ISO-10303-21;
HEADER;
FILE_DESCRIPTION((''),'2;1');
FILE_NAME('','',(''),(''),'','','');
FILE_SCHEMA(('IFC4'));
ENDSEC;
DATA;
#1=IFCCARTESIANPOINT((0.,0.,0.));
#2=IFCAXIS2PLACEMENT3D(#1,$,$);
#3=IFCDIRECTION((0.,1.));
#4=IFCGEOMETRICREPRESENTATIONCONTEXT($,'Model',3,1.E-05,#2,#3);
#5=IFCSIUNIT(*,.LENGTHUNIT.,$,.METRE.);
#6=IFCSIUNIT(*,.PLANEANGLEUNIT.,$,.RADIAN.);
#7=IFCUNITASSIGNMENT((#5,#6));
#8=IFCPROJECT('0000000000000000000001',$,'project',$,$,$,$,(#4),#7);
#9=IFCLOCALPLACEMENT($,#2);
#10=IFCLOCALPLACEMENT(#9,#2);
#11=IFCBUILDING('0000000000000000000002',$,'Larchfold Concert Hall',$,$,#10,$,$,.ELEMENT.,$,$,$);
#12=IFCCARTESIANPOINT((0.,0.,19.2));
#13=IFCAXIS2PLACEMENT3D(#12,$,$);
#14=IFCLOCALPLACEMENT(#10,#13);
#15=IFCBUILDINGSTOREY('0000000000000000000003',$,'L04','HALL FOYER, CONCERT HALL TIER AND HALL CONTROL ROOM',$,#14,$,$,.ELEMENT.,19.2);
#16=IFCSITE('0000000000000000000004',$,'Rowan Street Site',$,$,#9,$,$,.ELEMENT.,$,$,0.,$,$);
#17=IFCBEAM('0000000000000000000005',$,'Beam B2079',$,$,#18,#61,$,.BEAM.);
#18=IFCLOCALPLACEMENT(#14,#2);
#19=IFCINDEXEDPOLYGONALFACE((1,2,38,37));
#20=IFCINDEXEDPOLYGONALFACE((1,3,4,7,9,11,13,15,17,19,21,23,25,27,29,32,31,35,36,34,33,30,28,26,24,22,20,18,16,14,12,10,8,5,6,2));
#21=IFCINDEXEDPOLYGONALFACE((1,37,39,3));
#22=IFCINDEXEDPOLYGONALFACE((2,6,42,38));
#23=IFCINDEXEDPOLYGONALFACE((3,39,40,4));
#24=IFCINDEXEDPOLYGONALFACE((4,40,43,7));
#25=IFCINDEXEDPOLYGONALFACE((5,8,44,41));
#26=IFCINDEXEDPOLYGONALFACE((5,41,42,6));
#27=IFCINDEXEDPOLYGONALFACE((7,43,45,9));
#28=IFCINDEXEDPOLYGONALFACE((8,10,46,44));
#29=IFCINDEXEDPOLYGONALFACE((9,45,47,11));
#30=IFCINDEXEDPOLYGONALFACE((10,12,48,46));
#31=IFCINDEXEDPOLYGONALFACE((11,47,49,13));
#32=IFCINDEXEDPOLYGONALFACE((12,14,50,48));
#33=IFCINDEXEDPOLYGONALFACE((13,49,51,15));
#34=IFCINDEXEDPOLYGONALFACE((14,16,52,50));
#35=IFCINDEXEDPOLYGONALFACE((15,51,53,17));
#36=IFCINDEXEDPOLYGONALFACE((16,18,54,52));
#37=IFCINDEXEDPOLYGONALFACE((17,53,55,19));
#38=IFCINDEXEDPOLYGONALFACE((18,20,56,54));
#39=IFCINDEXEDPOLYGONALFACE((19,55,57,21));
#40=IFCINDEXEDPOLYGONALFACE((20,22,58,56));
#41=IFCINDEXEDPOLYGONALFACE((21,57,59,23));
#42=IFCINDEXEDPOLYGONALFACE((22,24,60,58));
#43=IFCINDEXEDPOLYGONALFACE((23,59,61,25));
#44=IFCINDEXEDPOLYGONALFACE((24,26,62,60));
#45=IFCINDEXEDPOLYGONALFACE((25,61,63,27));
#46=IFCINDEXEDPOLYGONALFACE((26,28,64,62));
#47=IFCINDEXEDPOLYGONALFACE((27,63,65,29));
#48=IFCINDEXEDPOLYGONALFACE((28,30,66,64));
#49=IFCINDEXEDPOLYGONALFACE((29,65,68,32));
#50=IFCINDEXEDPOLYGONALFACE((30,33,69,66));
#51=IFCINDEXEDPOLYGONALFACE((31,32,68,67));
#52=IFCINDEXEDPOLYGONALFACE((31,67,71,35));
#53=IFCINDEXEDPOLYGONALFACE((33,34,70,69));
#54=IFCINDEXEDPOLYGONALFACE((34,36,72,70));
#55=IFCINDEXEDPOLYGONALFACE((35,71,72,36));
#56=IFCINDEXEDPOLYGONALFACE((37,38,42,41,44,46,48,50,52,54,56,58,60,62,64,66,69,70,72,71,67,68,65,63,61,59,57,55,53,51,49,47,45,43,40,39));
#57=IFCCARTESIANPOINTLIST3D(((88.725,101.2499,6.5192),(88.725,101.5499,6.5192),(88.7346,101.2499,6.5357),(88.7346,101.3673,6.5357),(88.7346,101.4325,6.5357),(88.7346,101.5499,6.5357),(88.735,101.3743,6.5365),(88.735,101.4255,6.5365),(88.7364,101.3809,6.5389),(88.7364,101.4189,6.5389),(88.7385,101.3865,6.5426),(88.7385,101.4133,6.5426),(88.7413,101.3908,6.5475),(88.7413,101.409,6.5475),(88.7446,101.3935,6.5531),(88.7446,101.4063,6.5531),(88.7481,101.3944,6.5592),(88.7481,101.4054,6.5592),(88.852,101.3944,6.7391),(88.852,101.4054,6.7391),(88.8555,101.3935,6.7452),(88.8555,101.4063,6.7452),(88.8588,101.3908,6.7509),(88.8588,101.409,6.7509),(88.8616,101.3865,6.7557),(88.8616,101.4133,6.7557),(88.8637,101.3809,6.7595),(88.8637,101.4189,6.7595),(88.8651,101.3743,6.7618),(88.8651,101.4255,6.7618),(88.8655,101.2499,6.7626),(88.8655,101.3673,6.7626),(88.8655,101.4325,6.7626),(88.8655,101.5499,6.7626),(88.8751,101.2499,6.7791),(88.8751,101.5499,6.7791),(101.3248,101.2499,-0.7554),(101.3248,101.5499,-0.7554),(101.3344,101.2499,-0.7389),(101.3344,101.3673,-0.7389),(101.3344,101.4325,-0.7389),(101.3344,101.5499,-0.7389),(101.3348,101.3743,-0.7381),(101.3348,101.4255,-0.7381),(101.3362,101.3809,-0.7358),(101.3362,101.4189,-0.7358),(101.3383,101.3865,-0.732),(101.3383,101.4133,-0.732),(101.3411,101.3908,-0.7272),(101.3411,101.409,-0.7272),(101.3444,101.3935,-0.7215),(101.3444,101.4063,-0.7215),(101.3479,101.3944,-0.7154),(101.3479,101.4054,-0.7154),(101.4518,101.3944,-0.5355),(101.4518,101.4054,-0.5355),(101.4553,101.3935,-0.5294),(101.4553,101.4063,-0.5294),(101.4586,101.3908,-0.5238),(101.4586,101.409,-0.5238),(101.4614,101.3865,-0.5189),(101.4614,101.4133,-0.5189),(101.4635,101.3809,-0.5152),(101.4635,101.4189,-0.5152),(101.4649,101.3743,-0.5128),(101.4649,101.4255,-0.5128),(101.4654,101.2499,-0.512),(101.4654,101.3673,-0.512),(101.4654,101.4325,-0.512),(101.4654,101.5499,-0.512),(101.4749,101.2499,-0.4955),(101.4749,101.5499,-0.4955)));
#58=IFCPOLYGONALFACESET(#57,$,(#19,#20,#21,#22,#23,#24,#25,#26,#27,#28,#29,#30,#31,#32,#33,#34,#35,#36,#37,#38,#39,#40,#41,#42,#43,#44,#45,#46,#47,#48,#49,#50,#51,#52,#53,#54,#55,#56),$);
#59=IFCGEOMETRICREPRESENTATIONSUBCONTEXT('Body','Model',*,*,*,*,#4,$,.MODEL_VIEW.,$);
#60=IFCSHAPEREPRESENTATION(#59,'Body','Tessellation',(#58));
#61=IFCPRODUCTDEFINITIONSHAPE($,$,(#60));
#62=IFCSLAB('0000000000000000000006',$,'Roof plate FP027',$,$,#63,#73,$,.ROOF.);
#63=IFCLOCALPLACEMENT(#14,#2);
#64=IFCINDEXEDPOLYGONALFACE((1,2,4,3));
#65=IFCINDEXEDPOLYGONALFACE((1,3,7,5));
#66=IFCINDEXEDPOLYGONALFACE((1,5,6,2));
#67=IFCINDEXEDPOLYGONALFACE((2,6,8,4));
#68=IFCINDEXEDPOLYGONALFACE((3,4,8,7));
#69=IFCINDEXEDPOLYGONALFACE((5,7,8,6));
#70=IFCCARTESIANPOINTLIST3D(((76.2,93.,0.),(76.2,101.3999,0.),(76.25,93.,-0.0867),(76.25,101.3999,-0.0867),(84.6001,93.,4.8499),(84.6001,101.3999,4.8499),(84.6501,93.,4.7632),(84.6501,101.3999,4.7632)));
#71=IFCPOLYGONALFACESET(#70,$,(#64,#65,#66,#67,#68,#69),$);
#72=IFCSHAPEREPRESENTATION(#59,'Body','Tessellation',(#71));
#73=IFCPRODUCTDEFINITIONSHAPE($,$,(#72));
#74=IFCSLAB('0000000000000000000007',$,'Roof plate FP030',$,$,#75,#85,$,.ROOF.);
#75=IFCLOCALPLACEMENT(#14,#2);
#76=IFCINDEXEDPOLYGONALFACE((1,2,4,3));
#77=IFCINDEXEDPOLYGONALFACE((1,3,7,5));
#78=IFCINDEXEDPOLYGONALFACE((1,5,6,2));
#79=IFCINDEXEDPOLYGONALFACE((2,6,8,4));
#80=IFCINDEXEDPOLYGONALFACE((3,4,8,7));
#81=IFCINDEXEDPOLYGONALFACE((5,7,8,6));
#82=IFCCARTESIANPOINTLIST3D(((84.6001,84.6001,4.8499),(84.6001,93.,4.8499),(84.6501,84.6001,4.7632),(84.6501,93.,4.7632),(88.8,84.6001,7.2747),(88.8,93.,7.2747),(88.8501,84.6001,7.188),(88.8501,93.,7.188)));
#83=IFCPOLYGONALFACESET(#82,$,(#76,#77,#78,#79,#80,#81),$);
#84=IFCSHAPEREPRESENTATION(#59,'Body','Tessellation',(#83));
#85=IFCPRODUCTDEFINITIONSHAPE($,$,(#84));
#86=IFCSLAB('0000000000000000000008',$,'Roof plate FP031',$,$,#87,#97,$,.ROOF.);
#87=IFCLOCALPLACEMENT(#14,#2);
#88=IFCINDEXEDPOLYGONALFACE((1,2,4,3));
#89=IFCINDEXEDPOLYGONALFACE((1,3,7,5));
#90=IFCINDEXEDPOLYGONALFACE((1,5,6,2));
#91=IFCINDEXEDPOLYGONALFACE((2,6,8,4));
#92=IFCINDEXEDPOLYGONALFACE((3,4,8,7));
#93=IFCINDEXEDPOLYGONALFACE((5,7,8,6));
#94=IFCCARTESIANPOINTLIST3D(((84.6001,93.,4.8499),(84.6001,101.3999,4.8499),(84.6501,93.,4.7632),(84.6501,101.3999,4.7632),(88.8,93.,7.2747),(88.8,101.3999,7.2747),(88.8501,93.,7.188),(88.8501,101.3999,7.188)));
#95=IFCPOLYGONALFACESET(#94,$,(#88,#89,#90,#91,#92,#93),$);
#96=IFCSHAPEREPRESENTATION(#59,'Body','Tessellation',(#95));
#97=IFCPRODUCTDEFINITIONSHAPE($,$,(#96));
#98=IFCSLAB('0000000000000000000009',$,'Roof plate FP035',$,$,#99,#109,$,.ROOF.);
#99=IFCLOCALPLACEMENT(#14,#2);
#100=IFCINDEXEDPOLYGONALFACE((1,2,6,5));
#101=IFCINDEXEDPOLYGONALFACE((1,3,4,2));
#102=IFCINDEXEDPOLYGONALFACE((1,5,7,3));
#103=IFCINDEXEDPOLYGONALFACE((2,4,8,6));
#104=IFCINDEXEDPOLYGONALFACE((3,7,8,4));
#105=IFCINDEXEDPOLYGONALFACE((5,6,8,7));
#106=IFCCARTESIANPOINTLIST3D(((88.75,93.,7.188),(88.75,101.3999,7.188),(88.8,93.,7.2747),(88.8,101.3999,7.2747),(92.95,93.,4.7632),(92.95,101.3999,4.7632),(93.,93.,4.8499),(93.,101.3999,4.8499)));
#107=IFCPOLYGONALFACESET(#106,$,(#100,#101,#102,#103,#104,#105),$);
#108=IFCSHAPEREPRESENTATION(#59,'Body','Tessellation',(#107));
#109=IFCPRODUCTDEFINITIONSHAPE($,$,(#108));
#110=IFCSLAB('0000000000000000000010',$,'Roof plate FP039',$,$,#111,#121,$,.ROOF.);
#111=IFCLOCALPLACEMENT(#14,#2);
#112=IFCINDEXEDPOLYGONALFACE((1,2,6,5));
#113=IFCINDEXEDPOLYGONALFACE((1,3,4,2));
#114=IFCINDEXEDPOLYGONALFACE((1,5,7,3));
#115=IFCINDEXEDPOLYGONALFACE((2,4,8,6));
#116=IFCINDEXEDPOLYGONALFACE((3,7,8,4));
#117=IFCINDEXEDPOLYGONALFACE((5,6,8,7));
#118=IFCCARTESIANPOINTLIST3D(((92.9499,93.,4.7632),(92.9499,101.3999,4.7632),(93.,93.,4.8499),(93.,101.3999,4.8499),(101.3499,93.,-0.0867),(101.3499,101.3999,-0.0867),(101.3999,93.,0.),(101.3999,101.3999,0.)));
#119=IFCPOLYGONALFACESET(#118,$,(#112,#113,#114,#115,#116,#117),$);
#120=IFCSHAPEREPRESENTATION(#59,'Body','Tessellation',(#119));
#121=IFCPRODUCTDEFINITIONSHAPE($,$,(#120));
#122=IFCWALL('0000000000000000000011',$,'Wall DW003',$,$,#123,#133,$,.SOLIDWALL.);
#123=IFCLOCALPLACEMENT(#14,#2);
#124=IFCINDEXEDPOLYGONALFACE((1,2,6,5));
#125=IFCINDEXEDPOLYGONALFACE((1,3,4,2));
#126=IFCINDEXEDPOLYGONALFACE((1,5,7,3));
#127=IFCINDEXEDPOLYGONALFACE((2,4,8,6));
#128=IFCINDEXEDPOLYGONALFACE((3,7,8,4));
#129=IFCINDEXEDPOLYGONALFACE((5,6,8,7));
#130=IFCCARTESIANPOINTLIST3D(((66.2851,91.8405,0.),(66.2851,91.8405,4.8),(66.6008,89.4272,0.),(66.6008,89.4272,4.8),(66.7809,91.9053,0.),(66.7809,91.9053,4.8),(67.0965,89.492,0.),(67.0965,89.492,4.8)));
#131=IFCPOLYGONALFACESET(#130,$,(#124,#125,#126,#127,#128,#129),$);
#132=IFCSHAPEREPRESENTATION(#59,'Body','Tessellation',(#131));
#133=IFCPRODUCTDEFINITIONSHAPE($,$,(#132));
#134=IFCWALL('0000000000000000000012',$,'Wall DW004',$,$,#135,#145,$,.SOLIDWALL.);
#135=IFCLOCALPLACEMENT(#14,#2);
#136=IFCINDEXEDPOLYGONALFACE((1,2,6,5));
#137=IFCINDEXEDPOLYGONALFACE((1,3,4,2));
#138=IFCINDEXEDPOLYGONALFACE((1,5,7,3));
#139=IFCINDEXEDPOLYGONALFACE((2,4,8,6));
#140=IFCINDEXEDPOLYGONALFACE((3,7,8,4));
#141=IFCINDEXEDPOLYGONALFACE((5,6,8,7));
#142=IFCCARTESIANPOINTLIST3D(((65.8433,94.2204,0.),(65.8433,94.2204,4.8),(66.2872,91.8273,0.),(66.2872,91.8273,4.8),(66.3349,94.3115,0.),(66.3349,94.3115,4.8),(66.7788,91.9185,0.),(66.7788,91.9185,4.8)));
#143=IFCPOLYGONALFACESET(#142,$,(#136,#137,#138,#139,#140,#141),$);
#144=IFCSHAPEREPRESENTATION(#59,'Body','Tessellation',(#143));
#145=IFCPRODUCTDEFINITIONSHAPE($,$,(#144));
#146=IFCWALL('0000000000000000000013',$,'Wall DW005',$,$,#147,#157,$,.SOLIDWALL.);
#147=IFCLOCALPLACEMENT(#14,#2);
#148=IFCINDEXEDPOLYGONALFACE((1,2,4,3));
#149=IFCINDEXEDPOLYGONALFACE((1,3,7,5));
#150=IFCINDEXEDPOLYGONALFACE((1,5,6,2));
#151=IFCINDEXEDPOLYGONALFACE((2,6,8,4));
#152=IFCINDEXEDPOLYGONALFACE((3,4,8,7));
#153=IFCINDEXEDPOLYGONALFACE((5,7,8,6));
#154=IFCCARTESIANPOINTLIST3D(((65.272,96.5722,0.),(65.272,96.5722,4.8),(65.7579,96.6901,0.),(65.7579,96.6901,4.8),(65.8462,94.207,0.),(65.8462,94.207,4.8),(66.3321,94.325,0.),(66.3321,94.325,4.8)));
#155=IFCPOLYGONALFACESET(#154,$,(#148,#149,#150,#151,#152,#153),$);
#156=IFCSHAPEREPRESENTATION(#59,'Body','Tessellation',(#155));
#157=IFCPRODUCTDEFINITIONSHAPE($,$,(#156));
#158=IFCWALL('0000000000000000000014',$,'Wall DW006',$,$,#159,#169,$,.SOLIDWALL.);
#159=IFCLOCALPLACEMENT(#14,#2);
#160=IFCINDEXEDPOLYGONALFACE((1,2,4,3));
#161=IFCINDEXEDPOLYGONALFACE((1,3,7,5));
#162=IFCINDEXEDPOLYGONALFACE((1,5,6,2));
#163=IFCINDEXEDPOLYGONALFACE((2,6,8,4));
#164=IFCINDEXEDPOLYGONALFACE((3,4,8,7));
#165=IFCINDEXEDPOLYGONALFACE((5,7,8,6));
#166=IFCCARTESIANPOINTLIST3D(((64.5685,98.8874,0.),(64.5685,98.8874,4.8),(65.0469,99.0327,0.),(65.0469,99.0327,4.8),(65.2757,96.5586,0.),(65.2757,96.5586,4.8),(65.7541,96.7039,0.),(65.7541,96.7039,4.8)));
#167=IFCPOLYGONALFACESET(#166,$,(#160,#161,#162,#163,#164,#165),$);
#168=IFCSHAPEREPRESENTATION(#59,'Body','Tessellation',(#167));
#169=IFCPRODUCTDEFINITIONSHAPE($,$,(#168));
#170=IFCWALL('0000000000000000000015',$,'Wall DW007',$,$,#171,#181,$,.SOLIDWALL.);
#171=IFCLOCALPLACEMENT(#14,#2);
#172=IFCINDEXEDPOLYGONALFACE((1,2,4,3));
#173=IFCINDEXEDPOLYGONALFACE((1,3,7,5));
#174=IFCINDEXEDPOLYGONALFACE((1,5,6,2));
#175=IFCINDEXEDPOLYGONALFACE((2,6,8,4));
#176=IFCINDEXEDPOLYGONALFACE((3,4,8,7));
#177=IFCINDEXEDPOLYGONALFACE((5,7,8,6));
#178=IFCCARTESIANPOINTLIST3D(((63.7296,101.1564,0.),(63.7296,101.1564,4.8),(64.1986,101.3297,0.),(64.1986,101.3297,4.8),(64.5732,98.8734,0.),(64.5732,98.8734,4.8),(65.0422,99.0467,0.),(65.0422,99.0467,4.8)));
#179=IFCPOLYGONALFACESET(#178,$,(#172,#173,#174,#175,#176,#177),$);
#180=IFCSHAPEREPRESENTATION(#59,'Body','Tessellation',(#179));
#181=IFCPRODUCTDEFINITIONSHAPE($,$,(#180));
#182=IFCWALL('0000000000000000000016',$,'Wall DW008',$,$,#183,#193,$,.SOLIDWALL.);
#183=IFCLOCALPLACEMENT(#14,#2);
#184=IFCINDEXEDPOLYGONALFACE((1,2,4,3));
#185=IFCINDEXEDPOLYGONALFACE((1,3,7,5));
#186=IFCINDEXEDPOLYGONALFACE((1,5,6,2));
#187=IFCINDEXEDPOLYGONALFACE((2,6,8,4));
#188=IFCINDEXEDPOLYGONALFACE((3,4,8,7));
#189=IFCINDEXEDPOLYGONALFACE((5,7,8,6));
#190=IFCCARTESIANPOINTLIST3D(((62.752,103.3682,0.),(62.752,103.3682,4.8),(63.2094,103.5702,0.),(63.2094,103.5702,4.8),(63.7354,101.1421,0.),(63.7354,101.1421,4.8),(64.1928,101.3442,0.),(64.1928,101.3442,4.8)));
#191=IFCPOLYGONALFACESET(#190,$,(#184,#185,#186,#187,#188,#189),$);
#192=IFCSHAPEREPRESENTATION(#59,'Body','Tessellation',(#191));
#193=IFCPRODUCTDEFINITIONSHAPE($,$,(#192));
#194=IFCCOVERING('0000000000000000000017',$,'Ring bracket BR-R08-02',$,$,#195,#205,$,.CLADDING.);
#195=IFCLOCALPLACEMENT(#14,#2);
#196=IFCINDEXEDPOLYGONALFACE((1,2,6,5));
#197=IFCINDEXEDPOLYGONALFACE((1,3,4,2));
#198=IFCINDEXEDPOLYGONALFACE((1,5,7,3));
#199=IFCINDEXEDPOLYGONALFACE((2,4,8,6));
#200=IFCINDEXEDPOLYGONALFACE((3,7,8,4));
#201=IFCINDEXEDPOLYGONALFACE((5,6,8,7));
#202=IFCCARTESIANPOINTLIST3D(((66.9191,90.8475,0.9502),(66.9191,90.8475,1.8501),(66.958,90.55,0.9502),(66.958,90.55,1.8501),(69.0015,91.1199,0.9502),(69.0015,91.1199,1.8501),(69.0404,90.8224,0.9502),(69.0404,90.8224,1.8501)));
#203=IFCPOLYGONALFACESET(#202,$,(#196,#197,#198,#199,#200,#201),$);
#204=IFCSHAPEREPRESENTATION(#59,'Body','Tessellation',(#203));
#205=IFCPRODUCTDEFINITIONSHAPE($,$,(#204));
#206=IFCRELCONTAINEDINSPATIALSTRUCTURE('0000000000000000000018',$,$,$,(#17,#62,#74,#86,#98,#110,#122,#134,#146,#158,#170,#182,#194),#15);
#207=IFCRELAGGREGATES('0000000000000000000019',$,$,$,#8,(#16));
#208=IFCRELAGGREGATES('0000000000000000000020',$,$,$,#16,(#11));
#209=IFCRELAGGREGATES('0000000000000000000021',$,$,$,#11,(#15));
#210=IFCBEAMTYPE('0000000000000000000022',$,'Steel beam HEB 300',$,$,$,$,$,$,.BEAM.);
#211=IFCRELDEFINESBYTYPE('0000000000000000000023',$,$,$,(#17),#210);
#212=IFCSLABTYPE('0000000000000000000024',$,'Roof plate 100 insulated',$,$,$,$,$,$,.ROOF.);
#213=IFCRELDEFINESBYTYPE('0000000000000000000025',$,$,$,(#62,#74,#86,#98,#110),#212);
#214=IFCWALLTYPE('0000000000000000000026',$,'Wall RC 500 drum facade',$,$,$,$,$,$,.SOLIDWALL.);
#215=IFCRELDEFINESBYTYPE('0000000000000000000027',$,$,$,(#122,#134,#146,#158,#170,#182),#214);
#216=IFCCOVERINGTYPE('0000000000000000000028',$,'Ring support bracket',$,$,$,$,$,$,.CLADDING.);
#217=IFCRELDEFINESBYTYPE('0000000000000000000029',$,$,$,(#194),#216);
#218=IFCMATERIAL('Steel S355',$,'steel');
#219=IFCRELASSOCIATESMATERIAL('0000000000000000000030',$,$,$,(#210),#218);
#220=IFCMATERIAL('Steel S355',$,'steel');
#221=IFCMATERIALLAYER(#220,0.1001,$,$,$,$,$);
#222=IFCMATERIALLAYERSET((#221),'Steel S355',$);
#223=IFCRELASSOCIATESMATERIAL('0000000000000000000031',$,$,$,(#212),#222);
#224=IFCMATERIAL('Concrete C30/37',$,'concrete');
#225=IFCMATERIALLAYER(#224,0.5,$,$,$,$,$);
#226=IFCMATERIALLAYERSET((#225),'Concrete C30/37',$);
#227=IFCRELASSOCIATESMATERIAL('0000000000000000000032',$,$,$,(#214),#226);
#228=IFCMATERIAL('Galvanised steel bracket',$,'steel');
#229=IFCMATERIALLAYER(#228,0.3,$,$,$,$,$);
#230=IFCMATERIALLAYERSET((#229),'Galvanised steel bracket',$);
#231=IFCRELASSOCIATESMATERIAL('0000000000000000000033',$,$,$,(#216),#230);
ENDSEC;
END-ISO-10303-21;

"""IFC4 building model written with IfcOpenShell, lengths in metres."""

from ifc_helpers import new_model, si_unit, direction, frame, frame_2d, origin, origin_2d, place, context, subcontext, project, spatial, polyline, rectangle, i_section, outline, extrude, material, layer, layer_set, material_profile, profile_set, type_object, element, save


model = new_model("IFC4")

# Units and contexts
model_context = context("Model", 3, precision=1e-05, world=origin(), true_north=direction((0.0, 1.0)))
body_context = subcontext(model_context, "Body", "Model", "MODEL_VIEW")
ifc_project = project(units=[si_unit("LENGTHUNIT", "METRE"), si_unit("PLANEANGLEUNIT", "RADIAN")], contexts=[model_context])

# Site, building, storey
site_placement = place(None, origin())
site = spatial("IfcSite", under=ifc_project, at=site_placement, Name="Rowan Street Site", CompositionType="ELEMENT", RefElevation=0.0)
building_placement = place(site_placement, origin())
building = spatial("IfcBuilding", under=site, at=building_placement, Name="Larchfold Concert Hall", CompositionType="ELEMENT")
storey_placement = place(building_placement, frame((0.0, 0.0, 19.2)))
storey = spatial("IfcBuildingStorey", under=building, at=storey_placement, Name="L04", Description="HALL FOYER, CONCERT HALL TIER AND HALL CONTROL ROOM", CompositionType="ELEMENT", Elevation=19.2)

# Beam
ifc_material_1 = material(Name="Steel S355", Category="steel")
ifc_material_profile_1 = material_profile(ifc_material_1, i_section(OverallWidth=0.3, OverallDepth=0.3, WebThickness=0.011, FlangeThickness=0.019, FilletRadius=0.0271, at=origin_2d()))
ifc_profile_set_1 = profile_set([ifc_material_profile_1], Name="Steel S355")
beam_type = type_object("IfcBeamType", Name="Steel beam HEB 300", PredefinedType="BEAM", material=ifc_profile_set_1)
beam_1_placement = place(storey_placement, frame((88.8, 101.3999, 6.6492), z_axis=(0.866022, 0.0, -0.500007), x_axis=(0.0, 1.0, 0.0)))
element("IfcBeam", 1, at=beam_1_placement, inside=storey, type_object=beam_type, Name="Beam B2079", PredefinedType="BEAM", context=body_context, shape_type="SweptSolid", body=[
    extrude(i_section(OverallWidth=0.3, OverallDepth=0.3, WebThickness=0.011, FlangeThickness=0.019, FilletRadius=0.0271, at=origin_2d()), origin(), (0.0, 0.0, 1.0), 14.5491),
])

# Slabs
ifc_material_2 = material(Name="Steel S355", Category="steel")
ifc_layer_1 = layer(ifc_material_2, 0.1001)
ifc_layer_set_1 = layer_set([ifc_layer_1], Name="Steel S355")
slab_type = type_object("IfcSlabType", Name="Roof plate 100 insulated", PredefinedType="ROOF", material=ifc_layer_set_1)
slab_1_placement = place(storey_placement, frame((76.2, 101.3999, 0.0), z_axis=(-0.500002, 0.0, 0.866024), x_axis=(0.866024, 0.0, 0.500002)))
element("IfcSlab", 2, at=slab_1_placement, inside=storey, type_object=slab_type, Name="Roof plate FP027", PredefinedType="ROOF", context=body_context, shape_type="SweptSolid", body=[
    extrude(outline(polyline([(0.0, 0.0), (9.6997, 0.0), (9.6997, -8.3999), (0.0, -8.3999), (0.0, 0.0)])), origin(), (0.0, 0.0, -1.0), 0.1001),
])
slab_2_placement = place(storey_placement, frame((84.6001, 93.0, 4.8499), z_axis=(-0.499994, 0.0, 0.866029), x_axis=(0.866029, 0.0, 0.499994)))
element("IfcSlab", 3, at=slab_2_placement, inside=storey, type_object=slab_type, Name="Roof plate FP030", PredefinedType="ROOF", context=body_context, shape_type="SweptSolid", body=[
    extrude(outline(polyline([(0.0, 0.0), (4.8497, 0.0), (4.8497, -8.3999), (0.0, -8.3999), (0.0, 0.0)])), origin(), (0.0, 0.0, -1.0), 0.1001),
])
for number, where, z_axis, x_axis, name in (
    (4, (88.8, 101.3999, 7.2747), (-0.499994, 0.0, 0.866029), (0.0, -1.0, 0.0), "Roof plate FP031"),
    (5, (93.0, 101.3999, 4.8499), (0.499994, 0.0, 0.866029), (0.0, -1.0, 0.0), "Roof plate FP035"),
):
    element("IfcSlab", number, at=place(storey_placement, frame(where, z_axis=z_axis, x_axis=x_axis)), inside=storey, type_object=slab_type, Name=name, PredefinedType="ROOF", context=body_context, shape_type="SweptSolid", body=[
        extrude(outline(polyline([(0.0, 0.0), (8.3999, 0.0), (8.3999, -4.8497), (0.0, -4.8497), (0.0, 0.0)])), origin(), (0.0, 0.0, -1.0), 0.1001),
    ])
slab_3_placement = place(storey_placement, frame((101.3999, 93.0, 0.0), z_axis=(0.500013, 0.0, 0.866018), x_axis=(-0.866018, 0.0, 0.500013)))
element("IfcSlab", 6, at=slab_3_placement, inside=storey, type_object=slab_type, Name="Roof plate FP039", PredefinedType="ROOF", context=body_context, shape_type="SweptSolid", body=[
    extrude(outline(polyline([(0.0, 0.0), (9.6995, 0.0), (9.6995, -8.3999), (0.0, -8.3999), (0.0, 0.0)])), origin(), (0.0, 0.0, -1.0), 0.1001),
])

# Walls
ifc_material_3 = material(Name="Concrete C30/37", Category="concrete")
ifc_layer_2 = layer(ifc_material_3, 0.5)
ifc_layer_set_2 = layer_set([ifc_layer_2], Name="Concrete C30/37")
wall_type = type_object("IfcWallType", Name="Wall RC 500 drum facade", PredefinedType="SOLIDWALL", material=ifc_layer_set_2)
for number, where, z_axis, x_axis, name in (
    (7, (66.8486, 89.4597, 0.0), (0.0, 0.0, 1.0), (-0.129699, 0.991553, 0.0), "Wall DW003"),
    (8, (66.533, 91.873, 0.0), (0.0, 0.0, 1.0), (-0.182362, 0.983231, 0.0), "Wall DW004"),
    (9, (66.0891, 94.2661, 0.0), (0.0, 0.0, 1.0), (-0.235922, 0.971772, 0.0), "Wall DW005"),
    (10, (65.5149, 96.6313, 0.0), (0.0, 0.0, 1.0), (-0.290595, 0.956846, 0.0), "Wall DW006"),
    (11, (64.8076, 98.9602, 0.0), (0.0, 0.0, 1.0), (-0.346579, 0.938021, 0.0), "Wall DW007"),
):
    element("IfcWall", number, at=place(storey_placement, frame(where, z_axis=z_axis, x_axis=x_axis)), inside=storey, type_object=wall_type, Name=name, PredefinedType="SOLIDWALL", context=body_context, shape_type="SweptSolid", body=[
        extrude(rectangle(XDim=2.4338, YDim=0.5, at=frame_2d((1.2168, 0.0))), origin(), (0.0, 0.0, 1.0), 4.8),
    ])
wall_placement = place(storey_placement, frame((63.9641, 101.2432, 0.0), z_axis=(0.0, 0.0, 1.0), x_axis=(-0.40409, 0.914719, 0.0)))
element("IfcWall", 12, at=wall_placement, inside=storey, type_object=wall_type, Name="Wall DW008", PredefinedType="SOLIDWALL", context=body_context, shape_type="SweptSolid", body=[
    extrude(rectangle(XDim=2.4336, YDim=0.5, at=frame_2d((1.2168, 0.0))), origin(), (0.0, 0.0, 1.0), 4.8),
])

# Covering
ifc_material_4 = material(Name="Galvanised steel bracket", Category="steel")
ifc_layer_3 = layer(ifc_material_4, 0.3)
ifc_layer_set_3 = layer_set([ifc_layer_3], Name="Galvanised steel bracket")
covering_type_1 = type_object("IfcCoveringType", Name="Ring support bracket", PredefinedType="CLADDING", material=ifc_layer_set_3)
for number, where, z_axis, x_axis, name in (
    (13, (67.9797, 90.835, 0.9502), (0.0, 0.0, 1.0), (0.991554, 0.129693, 0.0), "Ring bracket BR-R08-02"),
):
    element("IfcCovering", number, at=place(storey_placement, frame(where, z_axis=z_axis, x_axis=x_axis)), inside=storey, type_object=covering_type_1, Name=name, PredefinedType="CLADDING", context=body_context, shape_type="SweptSolid", body=[
        extrude(rectangle(XDim=2.1001, YDim=0.3, at=origin_2d()), origin(), (0.0, 0.0, 1.0), 0.8999),
    ])

save(model, "model.ifc")
